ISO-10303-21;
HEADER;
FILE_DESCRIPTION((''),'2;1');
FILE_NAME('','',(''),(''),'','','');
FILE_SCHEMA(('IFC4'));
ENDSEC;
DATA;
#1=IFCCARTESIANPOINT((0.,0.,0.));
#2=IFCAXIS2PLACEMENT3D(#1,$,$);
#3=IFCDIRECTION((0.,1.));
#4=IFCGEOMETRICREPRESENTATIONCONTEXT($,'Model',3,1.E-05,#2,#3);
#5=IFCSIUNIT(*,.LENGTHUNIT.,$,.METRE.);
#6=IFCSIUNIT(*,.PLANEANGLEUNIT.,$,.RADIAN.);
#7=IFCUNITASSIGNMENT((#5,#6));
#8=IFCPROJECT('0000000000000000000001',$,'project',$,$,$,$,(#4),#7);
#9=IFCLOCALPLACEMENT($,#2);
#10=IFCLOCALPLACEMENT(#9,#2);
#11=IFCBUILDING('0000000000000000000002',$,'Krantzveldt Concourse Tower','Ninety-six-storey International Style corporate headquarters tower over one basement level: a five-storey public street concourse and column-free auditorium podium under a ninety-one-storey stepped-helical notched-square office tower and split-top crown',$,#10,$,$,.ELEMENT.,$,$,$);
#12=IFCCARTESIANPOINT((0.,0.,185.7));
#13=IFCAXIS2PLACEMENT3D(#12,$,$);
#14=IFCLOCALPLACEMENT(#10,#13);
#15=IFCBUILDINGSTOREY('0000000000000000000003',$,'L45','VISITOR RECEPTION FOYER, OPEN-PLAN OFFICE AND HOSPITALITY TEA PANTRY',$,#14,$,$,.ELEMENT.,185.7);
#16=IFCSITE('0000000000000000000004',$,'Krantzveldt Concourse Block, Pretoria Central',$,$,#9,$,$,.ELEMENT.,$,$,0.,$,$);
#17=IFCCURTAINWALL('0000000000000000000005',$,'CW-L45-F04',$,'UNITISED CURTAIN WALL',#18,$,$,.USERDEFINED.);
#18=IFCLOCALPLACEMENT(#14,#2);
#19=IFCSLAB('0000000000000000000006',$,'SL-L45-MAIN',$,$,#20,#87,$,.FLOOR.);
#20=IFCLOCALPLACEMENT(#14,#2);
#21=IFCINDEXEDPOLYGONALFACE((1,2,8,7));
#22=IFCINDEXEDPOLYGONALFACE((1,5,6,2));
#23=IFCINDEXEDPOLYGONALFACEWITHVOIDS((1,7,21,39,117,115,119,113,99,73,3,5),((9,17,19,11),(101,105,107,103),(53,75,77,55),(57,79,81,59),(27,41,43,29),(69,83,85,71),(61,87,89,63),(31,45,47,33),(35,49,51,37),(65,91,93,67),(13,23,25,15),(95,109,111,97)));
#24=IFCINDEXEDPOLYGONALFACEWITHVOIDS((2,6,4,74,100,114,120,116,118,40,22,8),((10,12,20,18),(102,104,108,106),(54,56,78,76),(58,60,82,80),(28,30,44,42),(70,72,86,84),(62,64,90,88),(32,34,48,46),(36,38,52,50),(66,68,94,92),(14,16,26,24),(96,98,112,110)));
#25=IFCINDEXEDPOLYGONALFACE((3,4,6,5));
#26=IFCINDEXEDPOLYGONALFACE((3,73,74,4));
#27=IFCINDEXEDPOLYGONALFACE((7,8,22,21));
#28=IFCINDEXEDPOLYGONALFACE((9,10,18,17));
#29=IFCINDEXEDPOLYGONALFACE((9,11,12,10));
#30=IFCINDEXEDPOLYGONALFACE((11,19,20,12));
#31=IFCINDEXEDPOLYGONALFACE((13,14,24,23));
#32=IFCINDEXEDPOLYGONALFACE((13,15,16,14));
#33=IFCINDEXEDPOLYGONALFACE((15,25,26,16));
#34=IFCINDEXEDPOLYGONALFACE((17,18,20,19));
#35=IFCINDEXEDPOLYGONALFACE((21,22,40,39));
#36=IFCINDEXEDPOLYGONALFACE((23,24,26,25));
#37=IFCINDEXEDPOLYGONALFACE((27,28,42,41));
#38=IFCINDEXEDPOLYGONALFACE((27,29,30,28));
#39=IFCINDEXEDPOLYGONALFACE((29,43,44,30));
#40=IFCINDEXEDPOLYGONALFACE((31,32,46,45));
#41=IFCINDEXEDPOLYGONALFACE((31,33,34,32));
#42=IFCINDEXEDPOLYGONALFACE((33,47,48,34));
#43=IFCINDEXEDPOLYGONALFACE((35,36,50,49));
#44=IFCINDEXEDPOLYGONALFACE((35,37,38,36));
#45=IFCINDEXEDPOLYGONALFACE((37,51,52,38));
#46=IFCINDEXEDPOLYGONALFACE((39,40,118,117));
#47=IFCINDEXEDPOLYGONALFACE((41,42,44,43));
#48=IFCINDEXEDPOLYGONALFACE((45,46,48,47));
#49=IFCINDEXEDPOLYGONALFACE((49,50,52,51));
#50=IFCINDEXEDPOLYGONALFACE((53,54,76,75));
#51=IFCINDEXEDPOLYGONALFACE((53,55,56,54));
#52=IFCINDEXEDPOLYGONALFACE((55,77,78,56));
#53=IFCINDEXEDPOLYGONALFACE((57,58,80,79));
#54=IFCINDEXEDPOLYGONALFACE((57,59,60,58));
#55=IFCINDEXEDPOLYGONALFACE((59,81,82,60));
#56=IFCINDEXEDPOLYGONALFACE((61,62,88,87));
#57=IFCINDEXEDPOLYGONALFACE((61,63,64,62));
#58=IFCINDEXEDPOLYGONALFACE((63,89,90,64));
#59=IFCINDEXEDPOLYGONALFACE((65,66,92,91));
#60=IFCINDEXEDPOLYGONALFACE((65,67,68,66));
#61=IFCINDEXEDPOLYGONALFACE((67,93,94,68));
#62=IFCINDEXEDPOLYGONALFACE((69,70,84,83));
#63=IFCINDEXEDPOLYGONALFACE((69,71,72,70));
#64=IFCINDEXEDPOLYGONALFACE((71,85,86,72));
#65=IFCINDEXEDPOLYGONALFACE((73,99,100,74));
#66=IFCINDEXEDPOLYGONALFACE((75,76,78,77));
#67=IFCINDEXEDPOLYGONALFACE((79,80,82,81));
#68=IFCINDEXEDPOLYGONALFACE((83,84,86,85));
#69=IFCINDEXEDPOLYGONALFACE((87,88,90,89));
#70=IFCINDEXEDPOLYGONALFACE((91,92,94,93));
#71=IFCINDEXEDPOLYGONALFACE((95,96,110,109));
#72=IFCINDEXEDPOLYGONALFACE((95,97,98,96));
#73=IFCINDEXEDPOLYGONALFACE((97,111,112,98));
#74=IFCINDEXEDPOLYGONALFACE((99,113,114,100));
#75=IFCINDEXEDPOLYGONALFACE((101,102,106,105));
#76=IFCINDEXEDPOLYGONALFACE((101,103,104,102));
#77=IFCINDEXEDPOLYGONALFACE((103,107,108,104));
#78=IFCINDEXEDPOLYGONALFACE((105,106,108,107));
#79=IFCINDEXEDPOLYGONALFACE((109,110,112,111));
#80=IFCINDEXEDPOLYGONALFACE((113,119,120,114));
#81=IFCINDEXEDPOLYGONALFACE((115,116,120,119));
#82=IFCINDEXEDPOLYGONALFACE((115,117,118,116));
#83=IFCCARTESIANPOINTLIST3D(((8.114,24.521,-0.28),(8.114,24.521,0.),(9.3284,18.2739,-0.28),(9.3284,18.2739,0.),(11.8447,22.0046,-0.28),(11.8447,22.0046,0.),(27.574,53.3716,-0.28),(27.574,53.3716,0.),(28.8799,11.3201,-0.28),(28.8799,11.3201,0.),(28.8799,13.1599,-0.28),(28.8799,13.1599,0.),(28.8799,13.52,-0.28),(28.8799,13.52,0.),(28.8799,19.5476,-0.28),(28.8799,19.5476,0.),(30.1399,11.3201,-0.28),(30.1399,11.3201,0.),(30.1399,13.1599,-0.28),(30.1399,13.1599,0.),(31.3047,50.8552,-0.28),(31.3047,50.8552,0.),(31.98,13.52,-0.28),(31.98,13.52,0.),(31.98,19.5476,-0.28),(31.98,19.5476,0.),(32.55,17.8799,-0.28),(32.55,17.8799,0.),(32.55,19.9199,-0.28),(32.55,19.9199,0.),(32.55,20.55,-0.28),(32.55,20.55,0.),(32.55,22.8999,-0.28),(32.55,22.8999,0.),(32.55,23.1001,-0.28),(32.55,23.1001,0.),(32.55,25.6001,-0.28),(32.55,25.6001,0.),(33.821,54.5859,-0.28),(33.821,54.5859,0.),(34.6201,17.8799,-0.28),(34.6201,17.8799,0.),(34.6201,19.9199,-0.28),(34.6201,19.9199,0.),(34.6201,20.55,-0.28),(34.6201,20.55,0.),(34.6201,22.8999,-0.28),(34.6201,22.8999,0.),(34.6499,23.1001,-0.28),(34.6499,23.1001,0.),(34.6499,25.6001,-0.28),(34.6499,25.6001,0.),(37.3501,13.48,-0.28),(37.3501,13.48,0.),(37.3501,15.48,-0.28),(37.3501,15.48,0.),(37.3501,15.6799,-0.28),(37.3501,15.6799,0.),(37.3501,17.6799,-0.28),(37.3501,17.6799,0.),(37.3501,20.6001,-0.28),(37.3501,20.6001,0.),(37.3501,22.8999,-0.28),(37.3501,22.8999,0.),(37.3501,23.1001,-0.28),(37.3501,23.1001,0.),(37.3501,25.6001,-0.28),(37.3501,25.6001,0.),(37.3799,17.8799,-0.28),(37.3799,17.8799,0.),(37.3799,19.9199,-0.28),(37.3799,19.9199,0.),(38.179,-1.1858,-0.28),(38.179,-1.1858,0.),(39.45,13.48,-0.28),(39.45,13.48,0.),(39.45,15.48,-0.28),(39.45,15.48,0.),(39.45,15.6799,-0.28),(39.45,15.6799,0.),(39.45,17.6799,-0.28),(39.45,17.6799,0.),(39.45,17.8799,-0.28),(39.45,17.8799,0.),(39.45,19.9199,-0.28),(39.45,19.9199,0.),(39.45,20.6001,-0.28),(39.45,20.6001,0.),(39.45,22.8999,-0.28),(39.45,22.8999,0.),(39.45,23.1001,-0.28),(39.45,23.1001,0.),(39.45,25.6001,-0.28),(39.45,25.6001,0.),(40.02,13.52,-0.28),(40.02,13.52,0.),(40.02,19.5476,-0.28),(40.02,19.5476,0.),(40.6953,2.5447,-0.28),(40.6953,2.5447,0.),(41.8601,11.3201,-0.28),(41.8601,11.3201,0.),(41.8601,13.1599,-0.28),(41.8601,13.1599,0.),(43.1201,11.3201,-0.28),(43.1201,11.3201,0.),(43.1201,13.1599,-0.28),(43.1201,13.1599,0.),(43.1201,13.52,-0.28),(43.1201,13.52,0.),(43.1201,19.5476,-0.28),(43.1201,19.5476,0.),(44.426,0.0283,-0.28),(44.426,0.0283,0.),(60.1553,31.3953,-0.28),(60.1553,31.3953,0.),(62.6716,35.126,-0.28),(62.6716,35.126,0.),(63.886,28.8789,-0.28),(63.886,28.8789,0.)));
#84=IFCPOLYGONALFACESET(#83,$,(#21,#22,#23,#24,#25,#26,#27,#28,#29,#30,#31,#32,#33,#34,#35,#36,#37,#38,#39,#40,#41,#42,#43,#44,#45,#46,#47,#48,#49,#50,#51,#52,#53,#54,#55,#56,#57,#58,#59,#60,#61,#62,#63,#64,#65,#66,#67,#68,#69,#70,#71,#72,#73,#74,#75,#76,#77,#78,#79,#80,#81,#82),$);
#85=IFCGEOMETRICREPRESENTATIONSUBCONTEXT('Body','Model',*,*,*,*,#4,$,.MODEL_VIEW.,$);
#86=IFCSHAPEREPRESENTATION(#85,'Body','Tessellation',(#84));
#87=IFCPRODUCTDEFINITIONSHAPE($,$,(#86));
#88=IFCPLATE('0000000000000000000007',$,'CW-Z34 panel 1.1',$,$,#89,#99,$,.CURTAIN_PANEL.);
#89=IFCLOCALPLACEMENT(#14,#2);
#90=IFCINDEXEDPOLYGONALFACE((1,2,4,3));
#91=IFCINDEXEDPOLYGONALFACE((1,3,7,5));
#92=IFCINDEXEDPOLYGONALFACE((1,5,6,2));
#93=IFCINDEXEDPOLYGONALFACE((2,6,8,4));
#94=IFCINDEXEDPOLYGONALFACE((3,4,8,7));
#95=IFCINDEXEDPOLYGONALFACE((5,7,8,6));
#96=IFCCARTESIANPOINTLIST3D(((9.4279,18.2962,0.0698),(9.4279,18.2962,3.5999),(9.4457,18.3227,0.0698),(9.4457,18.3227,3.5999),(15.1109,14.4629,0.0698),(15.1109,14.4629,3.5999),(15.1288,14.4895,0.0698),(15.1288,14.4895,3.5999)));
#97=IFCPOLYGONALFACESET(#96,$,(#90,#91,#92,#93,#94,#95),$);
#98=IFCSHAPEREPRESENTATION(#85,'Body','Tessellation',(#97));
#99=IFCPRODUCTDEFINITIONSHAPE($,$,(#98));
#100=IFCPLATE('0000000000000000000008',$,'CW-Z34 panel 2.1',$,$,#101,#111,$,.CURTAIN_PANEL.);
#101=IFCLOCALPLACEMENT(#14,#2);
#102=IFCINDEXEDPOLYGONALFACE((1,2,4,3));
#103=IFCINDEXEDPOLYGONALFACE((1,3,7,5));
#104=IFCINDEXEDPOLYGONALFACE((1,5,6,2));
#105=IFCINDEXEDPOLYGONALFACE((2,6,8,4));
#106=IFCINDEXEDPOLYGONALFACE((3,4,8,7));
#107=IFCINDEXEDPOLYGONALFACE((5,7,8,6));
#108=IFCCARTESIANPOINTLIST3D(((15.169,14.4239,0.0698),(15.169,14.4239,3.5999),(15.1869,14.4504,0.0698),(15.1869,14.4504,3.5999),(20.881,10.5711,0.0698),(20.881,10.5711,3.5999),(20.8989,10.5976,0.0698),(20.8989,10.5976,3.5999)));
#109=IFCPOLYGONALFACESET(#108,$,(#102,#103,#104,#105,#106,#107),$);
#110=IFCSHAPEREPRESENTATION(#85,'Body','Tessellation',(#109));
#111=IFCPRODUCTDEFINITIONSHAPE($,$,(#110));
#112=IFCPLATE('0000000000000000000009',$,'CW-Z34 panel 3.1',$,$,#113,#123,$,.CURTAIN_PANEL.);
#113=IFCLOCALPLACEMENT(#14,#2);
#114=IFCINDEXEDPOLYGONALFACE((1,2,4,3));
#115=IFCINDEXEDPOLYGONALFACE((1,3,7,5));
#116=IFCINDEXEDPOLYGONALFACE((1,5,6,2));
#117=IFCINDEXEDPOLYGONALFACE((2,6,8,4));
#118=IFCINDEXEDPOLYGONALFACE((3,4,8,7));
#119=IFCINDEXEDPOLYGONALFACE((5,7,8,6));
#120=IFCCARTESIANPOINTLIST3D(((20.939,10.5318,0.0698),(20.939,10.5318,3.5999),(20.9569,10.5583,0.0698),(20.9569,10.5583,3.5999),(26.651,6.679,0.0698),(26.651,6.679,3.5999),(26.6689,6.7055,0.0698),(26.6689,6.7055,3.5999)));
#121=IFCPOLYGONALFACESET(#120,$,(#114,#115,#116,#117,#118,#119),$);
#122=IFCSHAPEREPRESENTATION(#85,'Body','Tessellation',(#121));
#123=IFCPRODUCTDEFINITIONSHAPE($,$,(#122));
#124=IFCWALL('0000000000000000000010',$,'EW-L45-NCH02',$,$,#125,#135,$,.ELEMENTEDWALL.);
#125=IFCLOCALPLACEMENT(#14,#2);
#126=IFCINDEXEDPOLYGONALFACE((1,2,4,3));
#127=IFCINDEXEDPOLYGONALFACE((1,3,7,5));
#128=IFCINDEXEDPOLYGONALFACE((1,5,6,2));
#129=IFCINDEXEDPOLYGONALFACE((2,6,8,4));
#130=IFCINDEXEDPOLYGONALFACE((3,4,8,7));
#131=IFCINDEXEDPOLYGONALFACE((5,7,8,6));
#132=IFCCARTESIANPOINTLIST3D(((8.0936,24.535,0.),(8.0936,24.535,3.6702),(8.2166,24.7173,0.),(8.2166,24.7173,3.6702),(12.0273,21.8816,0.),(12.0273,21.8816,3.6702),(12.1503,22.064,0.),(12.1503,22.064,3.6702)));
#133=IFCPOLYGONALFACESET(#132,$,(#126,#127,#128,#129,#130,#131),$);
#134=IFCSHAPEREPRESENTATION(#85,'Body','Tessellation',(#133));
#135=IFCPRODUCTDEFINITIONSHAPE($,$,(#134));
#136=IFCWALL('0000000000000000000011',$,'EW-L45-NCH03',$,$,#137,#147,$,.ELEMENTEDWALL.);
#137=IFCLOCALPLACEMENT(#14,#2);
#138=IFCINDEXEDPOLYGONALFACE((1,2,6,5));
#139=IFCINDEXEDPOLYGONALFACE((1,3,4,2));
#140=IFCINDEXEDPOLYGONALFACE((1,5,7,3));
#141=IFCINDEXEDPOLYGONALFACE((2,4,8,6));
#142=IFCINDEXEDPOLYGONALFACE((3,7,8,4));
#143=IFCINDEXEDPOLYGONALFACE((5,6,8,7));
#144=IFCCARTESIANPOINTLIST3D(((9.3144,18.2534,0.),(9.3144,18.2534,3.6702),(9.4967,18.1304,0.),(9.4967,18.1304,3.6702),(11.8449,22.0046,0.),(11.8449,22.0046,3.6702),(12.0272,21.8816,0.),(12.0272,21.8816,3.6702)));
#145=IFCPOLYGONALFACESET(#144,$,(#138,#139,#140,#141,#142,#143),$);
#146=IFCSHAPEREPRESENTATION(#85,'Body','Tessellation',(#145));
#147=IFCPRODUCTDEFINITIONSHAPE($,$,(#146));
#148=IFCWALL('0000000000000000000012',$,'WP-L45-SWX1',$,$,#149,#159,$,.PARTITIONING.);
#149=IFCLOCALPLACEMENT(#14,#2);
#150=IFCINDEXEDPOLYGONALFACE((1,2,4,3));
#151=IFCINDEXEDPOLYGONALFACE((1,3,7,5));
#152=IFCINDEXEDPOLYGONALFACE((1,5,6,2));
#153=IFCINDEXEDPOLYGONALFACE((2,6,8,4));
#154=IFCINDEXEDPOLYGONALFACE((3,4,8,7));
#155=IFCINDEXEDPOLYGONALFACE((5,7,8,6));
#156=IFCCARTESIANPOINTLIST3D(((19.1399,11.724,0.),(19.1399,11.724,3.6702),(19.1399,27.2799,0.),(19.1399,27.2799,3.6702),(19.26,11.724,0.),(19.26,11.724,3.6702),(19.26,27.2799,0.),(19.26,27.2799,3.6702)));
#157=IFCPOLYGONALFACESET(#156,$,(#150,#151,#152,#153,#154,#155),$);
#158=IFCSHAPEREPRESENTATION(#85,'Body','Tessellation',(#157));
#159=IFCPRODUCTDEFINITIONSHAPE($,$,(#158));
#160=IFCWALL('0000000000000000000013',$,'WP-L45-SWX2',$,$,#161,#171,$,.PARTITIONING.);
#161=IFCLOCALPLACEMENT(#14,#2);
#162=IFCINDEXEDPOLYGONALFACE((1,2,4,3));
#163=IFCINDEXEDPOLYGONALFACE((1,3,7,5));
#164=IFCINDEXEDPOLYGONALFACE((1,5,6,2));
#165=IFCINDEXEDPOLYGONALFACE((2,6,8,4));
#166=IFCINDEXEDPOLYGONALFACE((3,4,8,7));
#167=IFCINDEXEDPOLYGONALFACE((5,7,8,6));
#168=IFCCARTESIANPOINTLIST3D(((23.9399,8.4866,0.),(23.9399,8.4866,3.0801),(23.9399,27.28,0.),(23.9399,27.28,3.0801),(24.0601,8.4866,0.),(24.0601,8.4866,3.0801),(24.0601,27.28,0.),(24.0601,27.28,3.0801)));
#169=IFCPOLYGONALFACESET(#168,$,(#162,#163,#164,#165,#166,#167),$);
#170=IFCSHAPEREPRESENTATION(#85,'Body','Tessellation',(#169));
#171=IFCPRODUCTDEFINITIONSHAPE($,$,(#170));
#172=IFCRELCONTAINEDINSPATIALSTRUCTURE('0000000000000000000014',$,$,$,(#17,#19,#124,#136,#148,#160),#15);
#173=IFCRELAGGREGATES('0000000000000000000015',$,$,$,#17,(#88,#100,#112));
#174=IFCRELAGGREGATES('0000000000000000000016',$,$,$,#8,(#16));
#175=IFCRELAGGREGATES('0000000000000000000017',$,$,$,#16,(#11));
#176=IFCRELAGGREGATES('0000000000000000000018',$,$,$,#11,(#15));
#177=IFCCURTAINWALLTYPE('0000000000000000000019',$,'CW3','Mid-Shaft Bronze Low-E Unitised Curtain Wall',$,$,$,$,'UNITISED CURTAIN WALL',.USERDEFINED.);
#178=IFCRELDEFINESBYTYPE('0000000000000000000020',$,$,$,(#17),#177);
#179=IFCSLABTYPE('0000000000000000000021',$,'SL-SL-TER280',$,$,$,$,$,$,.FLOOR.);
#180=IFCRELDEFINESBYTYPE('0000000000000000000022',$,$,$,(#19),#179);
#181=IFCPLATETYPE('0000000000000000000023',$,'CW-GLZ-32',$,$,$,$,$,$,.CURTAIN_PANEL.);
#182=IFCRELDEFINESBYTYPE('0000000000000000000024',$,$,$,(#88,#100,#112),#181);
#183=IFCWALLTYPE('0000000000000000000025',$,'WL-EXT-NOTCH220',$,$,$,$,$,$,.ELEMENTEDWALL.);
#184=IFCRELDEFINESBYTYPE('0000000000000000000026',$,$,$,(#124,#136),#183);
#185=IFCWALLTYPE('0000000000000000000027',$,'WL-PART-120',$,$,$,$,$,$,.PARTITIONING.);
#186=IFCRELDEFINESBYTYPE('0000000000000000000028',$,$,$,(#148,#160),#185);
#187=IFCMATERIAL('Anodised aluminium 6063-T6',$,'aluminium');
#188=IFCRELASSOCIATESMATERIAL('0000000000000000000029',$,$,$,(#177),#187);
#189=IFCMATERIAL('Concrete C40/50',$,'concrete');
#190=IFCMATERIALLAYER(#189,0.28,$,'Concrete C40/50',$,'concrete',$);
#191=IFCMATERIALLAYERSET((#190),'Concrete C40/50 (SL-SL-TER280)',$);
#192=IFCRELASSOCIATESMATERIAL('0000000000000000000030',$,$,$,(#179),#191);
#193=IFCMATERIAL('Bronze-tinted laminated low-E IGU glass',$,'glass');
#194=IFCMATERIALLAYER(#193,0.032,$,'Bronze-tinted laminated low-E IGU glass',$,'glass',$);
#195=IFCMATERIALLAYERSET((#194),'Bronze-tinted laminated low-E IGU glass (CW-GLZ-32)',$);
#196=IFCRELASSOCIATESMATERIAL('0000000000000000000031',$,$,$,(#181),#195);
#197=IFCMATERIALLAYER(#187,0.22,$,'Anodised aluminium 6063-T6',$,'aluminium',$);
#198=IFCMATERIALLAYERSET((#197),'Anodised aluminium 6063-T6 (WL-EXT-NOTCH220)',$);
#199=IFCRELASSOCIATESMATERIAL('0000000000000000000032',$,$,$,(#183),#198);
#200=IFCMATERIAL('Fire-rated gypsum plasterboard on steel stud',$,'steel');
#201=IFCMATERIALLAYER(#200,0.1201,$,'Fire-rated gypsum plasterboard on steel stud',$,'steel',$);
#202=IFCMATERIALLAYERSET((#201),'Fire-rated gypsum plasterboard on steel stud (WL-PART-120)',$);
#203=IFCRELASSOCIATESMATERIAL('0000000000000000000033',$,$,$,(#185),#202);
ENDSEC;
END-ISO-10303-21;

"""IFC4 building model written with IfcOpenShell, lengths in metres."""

from ifc_helpers import new_model, si_unit, direction, frame, frame_2d, origin, origin_2d, place, context, subcontext, project, spatial, polyline, rectangle, outline, extrude, source, transform, mapped, material, layer, layer_set, type_object, type_shapes, element, aggregate, save


model = new_model("IFC4")

# Units and contexts
model_context = context("Model", 3, precision=1e-05, world=origin(), true_north=direction((0.0, 1.0)))
body_context = subcontext(model_context, "Body", "Model", "MODEL_VIEW")
ifc_project = project(units=[si_unit("LENGTHUNIT", "METRE"), si_unit("PLANEANGLEUNIT", "RADIAN")], contexts=[model_context])

# Site, building, storey
site_placement = place(None, origin())
site = spatial("IfcSite", under=ifc_project, at=site_placement, Name="Krantzveldt Concourse Block, Pretoria Central", CompositionType="ELEMENT", RefElevation=0.0)
building_placement = place(site_placement, origin())
building = spatial("IfcBuilding", under=site, at=building_placement, Name="Krantzveldt Concourse Tower", Description="Ninety-six-storey International Style corporate headquarters tower over one basement level: a five-storey public street concourse and column-free auditorium podium under a ninety-one-storey stepped-helical notched-square office tower and split-top crown", CompositionType="ELEMENT")
storey_placement = place(building_placement, frame((0.0, 0.0, 185.7)))
storey = spatial("IfcBuildingStorey", under=building, at=storey_placement, Name="L45", Description="VISITOR RECEPTION FOYER, OPEN-PLAN OFFICE AND HOSPITALITY TEA PANTRY", CompositionType="ELEMENT", Elevation=185.7)

# Shared definitions
ifc_material_1 = material(Name="Anodised aluminium 6063-T6", Category="aluminium")
curtain_wall_type = type_object("IfcCurtainWallType", Name="CW3", Description="Mid-Shaft Bronze Low-E Unitised Curtain Wall", ElementType="UNITISED CURTAIN WALL", PredefinedType="USERDEFINED", material=ifc_material_1)

# Curtain wall
curtain_wall_1_placement = place(storey_placement, origin())
curtain_wall_1 = element("IfcCurtainWall", 1, at=curtain_wall_1_placement, inside=storey, type_object=curtain_wall_type, Name="CW-L45-F04", ObjectType="UNITISED CURTAIN WALL", PredefinedType="USERDEFINED")

# Slab
ifc_material_2 = material(Name="Concrete C40/50", Category="concrete")
ifc_layer_1 = layer(ifc_material_2, 0.28, Name="Concrete C40/50", Category="concrete")
ifc_layer_set_1 = layer_set([ifc_layer_1], Name="Concrete C40/50 (SL-SL-TER280)")
slab_type_1 = type_object("IfcSlabType", Name="SL-SL-TER280", PredefinedType="FLOOR", material=ifc_layer_set_1)
slab_1_placement = place(storey_placement, frame((0.0, 0.0, -0.28)))
element("IfcSlab", 2, at=slab_1_placement, inside=storey, type_object=slab_type_1, Name="SL-L45-MAIN", PredefinedType="FLOOR", context=body_context, shape_type="SweptSolid", body=[
    extrude(outline(polyline([(31.3047, 50.8552), (27.574, 53.3716), (8.114, 24.521), (11.8447, 22.0046), (9.3284, 18.2739), (38.179, -1.1858), (40.6953, 2.5447), (44.426, 0.0283), (63.886, 28.8789), (60.1553, 31.3953), (62.6716, 35.126), (33.821, 54.5859), (31.3047, 50.8552)]), holes=[polyline([(28.8799, 19.5476), (28.8799, 13.52), (31.98, 13.52), (31.98, 19.5476), (28.8799, 19.5476)]), polyline([(40.02, 19.5476), (40.02, 13.52), (43.1201, 13.52), (43.1201, 19.5476), (40.02, 19.5476)]), polyline([(32.55, 23.1001), (34.6499, 23.1001), (34.6499, 25.6001), (32.55, 25.6001), (32.55, 23.1001)]), polyline([(37.3501, 23.1001), (39.45, 23.1001), (39.45, 25.6001), (37.3501, 25.6001), (37.3501, 23.1001)]), polyline([(37.3501, 20.6001), (39.45, 20.6001), (39.45, 22.8999), (37.3501, 22.8999), (37.3501, 20.6001)]), polyline([(37.3501, 13.48), (39.45, 13.48), (39.45, 15.48), (37.3501, 15.48), (37.3501, 13.48)]), polyline([(37.3501, 15.6799), (39.45, 15.6799), (39.45, 17.6799), (37.3501, 17.6799), (37.3501, 15.6799)]), polyline([(32.55, 20.55), (34.6201, 20.55), (34.6201, 22.8999), (32.55, 22.8999), (32.55, 20.55)]), polyline([(32.55, 17.8799), (34.6201, 17.8799), (34.6201, 19.9199), (32.55, 19.9199), (32.55, 17.8799)]), polyline([(37.3799, 17.8799), (39.45, 17.8799), (39.45, 19.9199), (37.3799, 19.9199), (37.3799, 17.8799)]), polyline([(28.8799, 11.3201), (30.1399, 11.3201), (30.1399, 13.1599), (28.8799, 13.1599), (28.8799, 11.3201)]), polyline([(41.8601, 11.3201), (43.1201, 11.3201), (43.1201, 13.1599), (41.8601, 13.1599), (41.8601, 11.3201)])]), origin(), (0.0, 0.0, 1.0), 0.28),
])

# Plates
ifc_material_3 = material(Name="Bronze-tinted laminated low-E IGU glass", Category="glass")
ifc_layer_2 = layer(ifc_material_3, 0.032, Name="Bronze-tinted laminated low-E IGU glass", Category="glass")
ifc_layer_set_2 = layer_set([ifc_layer_2], Name="Bronze-tinted laminated low-E IGU glass (CW-GLZ-32)")
plate_type = type_object("IfcPlateType", Name="CW-GLZ-32", PredefinedType="CURTAIN_PANEL", material=ifc_layer_set_2)
shared_shape_1 = source(origin(), body_context, "Body", "SweptSolid", [
    extrude(rectangle(XDim=6.855, YDim=0.032, at=origin_2d()), origin(), (0.0, 0.0, 1.0), 3.53),
])
plate_1_placement = place(storey_placement, frame((12.2783, 16.3928, 0.0698), z_axis=(0.0, 0.0, 1.0), x_axis=(0.829038, -0.559193, 0.0)))
plate_1 = element("IfcPlate", 3, at=plate_1_placement, type_object=plate_type, Name="CW-Z34 panel 1.1", PredefinedType="CURTAIN_PANEL", context=body_context, shape_type="MappedRepresentation", body=[
    mapped(shared_shape_1, transform((0.0, 0.0, 0.0), x_axis=(1.0, 0.0, 0.0), y_axis=(0.0, 1.0, 0.0), z_axis=(0.0, 0.0, 1.0), scale=1.0)),
])
shared_shape_2 = source(origin(), body_context, "Body", "SweptSolid", [
    extrude(rectangle(XDim=6.8899, YDim=0.032, at=origin_2d()), origin(), (0.0, 0.0, 1.0), 3.53),
])
type_shapes(plate_type, [shared_shape_1, shared_shape_2])
plate_2_placement = place(storey_placement, frame((18.0339, 12.5107, 0.0698), z_axis=(0.0, 0.0, 1.0), x_axis=(0.829038, -0.559193, 0.0)))
plate_2 = element("IfcPlate", 4, at=plate_2_placement, type_object=plate_type, Name="CW-Z34 panel 2.1", PredefinedType="CURTAIN_PANEL", context=body_context, shape_type="MappedRepresentation", body=[
    mapped(shared_shape_2, transform((0.0, 0.0, 0.0), x_axis=(1.0, 0.0, 0.0), y_axis=(0.0, 1.0, 0.0), z_axis=(0.0, 0.0, 1.0), scale=1.0)),
])
plate_3_placement = place(storey_placement, frame((23.804, 8.6187, 0.0698), z_axis=(0.0, 0.0, 1.0), x_axis=(0.829038, -0.559193, 0.0)))
plate_3 = element("IfcPlate", 5, at=plate_3_placement, type_object=plate_type, Name="CW-Z34 panel 3.1", PredefinedType="CURTAIN_PANEL", context=body_context, shape_type="MappedRepresentation", body=[
    mapped(shared_shape_2, transform((0.0, 0.0, 0.0), x_axis=(1.0, 0.0, 0.0), y_axis=(0.0, 1.0, 0.0), z_axis=(0.0, 0.0, 1.0), scale=1.0)),
])
aggregate(curtain_wall_1, [plate_1, plate_2, plate_3])

# Walls
ifc_layer_3 = layer(ifc_material_1, 0.22, Name="Anodised aluminium 6063-T6", Category="aluminium")
ifc_layer_set_3 = layer_set([ifc_layer_3], Name="Anodised aluminium 6063-T6 (WL-EXT-NOTCH220)")
wall_type_1 = type_object("IfcWallType", Name="WL-EXT-NOTCH220", PredefinedType="ELEMENTEDWALL", material=ifc_layer_set_3)
wall_1_placement = place(storey_placement, frame((8.155, 24.6262, 0.0), z_axis=(0.0, 0.0, 1.0), x_axis=(0.82903, -0.559204, 0.0)))
element("IfcWall", 6, at=wall_1_placement, inside=storey, type_object=wall_type_1, Name="EW-L45-NCH02", PredefinedType="ELEMENTEDWALL", context=body_context, shape_type="SweptSolid", body=[
    extrude(rectangle(XDim=4.7449, YDim=0.22, at=frame_2d((2.3726, 0.0))), origin(), (0.0, 0.0, 1.0), 3.6702),
])
wall_2_placement = place(storey_placement, frame((11.936, 21.9431, 0.0), z_axis=(0.0, 0.0, 1.0), x_axis=(-0.559237, -0.829008, 0.0)))
element("IfcWall", 7, at=wall_2_placement, inside=storey, type_object=wall_type_1, Name="EW-L45-NCH03", PredefinedType="ELEMENTEDWALL", context=body_context, shape_type="SweptSolid", body=[
    extrude(rectangle(XDim=4.5249, YDim=0.22, at=frame_2d((2.2625, 0.0))), origin(), (0.0, 0.0, 1.0), 3.6702),
])
ifc_material_4 = material(Name="Fire-rated gypsum plasterboard on steel stud", Category="steel")
ifc_layer_4 = layer(ifc_material_4, 0.1201, Name="Fire-rated gypsum plasterboard on steel stud", Category="steel")
ifc_layer_set_4 = layer_set([ifc_layer_4], Name="Fire-rated gypsum plasterboard on steel stud (WL-PART-120)")
wall_type_2 = type_object("IfcWallType", Name="WL-PART-120", PredefinedType="PARTITIONING", material=ifc_layer_set_4)
wall_3_placement = place(storey_placement, frame((19.2, 11.7241, 0.0), z_axis=(0.0, 0.0, 1.0), x_axis=(0.0, 1.0, 0.0)))
element("IfcWall", 8, at=wall_3_placement, inside=storey, type_object=wall_type_2, Name="WP-L45-SWX1", PredefinedType="PARTITIONING", context=body_context, shape_type="SweptSolid", body=[
    extrude(rectangle(XDim=15.5559, YDim=0.1201, at=frame_2d((7.7778, 0.0))), origin(), (0.0, 0.0, 1.0), 3.6702),
])
wall_4_placement = place(storey_placement, frame((24.0, 8.4866, 0.0), z_axis=(0.0, 0.0, 1.0), x_axis=(0.0, 1.0, 0.0)))
element("IfcWall", 9, at=wall_4_placement, inside=storey, type_object=wall_type_2, Name="WP-L45-SWX2", PredefinedType="PARTITIONING", context=body_context, shape_type="SweptSolid", body=[
    extrude(rectangle(XDim=18.7935, YDim=0.1201, at=frame_2d((9.3967, 0.0))), origin(), (0.0, 0.0, 1.0), 3.0801),
])

save(model, "model.ifc")
